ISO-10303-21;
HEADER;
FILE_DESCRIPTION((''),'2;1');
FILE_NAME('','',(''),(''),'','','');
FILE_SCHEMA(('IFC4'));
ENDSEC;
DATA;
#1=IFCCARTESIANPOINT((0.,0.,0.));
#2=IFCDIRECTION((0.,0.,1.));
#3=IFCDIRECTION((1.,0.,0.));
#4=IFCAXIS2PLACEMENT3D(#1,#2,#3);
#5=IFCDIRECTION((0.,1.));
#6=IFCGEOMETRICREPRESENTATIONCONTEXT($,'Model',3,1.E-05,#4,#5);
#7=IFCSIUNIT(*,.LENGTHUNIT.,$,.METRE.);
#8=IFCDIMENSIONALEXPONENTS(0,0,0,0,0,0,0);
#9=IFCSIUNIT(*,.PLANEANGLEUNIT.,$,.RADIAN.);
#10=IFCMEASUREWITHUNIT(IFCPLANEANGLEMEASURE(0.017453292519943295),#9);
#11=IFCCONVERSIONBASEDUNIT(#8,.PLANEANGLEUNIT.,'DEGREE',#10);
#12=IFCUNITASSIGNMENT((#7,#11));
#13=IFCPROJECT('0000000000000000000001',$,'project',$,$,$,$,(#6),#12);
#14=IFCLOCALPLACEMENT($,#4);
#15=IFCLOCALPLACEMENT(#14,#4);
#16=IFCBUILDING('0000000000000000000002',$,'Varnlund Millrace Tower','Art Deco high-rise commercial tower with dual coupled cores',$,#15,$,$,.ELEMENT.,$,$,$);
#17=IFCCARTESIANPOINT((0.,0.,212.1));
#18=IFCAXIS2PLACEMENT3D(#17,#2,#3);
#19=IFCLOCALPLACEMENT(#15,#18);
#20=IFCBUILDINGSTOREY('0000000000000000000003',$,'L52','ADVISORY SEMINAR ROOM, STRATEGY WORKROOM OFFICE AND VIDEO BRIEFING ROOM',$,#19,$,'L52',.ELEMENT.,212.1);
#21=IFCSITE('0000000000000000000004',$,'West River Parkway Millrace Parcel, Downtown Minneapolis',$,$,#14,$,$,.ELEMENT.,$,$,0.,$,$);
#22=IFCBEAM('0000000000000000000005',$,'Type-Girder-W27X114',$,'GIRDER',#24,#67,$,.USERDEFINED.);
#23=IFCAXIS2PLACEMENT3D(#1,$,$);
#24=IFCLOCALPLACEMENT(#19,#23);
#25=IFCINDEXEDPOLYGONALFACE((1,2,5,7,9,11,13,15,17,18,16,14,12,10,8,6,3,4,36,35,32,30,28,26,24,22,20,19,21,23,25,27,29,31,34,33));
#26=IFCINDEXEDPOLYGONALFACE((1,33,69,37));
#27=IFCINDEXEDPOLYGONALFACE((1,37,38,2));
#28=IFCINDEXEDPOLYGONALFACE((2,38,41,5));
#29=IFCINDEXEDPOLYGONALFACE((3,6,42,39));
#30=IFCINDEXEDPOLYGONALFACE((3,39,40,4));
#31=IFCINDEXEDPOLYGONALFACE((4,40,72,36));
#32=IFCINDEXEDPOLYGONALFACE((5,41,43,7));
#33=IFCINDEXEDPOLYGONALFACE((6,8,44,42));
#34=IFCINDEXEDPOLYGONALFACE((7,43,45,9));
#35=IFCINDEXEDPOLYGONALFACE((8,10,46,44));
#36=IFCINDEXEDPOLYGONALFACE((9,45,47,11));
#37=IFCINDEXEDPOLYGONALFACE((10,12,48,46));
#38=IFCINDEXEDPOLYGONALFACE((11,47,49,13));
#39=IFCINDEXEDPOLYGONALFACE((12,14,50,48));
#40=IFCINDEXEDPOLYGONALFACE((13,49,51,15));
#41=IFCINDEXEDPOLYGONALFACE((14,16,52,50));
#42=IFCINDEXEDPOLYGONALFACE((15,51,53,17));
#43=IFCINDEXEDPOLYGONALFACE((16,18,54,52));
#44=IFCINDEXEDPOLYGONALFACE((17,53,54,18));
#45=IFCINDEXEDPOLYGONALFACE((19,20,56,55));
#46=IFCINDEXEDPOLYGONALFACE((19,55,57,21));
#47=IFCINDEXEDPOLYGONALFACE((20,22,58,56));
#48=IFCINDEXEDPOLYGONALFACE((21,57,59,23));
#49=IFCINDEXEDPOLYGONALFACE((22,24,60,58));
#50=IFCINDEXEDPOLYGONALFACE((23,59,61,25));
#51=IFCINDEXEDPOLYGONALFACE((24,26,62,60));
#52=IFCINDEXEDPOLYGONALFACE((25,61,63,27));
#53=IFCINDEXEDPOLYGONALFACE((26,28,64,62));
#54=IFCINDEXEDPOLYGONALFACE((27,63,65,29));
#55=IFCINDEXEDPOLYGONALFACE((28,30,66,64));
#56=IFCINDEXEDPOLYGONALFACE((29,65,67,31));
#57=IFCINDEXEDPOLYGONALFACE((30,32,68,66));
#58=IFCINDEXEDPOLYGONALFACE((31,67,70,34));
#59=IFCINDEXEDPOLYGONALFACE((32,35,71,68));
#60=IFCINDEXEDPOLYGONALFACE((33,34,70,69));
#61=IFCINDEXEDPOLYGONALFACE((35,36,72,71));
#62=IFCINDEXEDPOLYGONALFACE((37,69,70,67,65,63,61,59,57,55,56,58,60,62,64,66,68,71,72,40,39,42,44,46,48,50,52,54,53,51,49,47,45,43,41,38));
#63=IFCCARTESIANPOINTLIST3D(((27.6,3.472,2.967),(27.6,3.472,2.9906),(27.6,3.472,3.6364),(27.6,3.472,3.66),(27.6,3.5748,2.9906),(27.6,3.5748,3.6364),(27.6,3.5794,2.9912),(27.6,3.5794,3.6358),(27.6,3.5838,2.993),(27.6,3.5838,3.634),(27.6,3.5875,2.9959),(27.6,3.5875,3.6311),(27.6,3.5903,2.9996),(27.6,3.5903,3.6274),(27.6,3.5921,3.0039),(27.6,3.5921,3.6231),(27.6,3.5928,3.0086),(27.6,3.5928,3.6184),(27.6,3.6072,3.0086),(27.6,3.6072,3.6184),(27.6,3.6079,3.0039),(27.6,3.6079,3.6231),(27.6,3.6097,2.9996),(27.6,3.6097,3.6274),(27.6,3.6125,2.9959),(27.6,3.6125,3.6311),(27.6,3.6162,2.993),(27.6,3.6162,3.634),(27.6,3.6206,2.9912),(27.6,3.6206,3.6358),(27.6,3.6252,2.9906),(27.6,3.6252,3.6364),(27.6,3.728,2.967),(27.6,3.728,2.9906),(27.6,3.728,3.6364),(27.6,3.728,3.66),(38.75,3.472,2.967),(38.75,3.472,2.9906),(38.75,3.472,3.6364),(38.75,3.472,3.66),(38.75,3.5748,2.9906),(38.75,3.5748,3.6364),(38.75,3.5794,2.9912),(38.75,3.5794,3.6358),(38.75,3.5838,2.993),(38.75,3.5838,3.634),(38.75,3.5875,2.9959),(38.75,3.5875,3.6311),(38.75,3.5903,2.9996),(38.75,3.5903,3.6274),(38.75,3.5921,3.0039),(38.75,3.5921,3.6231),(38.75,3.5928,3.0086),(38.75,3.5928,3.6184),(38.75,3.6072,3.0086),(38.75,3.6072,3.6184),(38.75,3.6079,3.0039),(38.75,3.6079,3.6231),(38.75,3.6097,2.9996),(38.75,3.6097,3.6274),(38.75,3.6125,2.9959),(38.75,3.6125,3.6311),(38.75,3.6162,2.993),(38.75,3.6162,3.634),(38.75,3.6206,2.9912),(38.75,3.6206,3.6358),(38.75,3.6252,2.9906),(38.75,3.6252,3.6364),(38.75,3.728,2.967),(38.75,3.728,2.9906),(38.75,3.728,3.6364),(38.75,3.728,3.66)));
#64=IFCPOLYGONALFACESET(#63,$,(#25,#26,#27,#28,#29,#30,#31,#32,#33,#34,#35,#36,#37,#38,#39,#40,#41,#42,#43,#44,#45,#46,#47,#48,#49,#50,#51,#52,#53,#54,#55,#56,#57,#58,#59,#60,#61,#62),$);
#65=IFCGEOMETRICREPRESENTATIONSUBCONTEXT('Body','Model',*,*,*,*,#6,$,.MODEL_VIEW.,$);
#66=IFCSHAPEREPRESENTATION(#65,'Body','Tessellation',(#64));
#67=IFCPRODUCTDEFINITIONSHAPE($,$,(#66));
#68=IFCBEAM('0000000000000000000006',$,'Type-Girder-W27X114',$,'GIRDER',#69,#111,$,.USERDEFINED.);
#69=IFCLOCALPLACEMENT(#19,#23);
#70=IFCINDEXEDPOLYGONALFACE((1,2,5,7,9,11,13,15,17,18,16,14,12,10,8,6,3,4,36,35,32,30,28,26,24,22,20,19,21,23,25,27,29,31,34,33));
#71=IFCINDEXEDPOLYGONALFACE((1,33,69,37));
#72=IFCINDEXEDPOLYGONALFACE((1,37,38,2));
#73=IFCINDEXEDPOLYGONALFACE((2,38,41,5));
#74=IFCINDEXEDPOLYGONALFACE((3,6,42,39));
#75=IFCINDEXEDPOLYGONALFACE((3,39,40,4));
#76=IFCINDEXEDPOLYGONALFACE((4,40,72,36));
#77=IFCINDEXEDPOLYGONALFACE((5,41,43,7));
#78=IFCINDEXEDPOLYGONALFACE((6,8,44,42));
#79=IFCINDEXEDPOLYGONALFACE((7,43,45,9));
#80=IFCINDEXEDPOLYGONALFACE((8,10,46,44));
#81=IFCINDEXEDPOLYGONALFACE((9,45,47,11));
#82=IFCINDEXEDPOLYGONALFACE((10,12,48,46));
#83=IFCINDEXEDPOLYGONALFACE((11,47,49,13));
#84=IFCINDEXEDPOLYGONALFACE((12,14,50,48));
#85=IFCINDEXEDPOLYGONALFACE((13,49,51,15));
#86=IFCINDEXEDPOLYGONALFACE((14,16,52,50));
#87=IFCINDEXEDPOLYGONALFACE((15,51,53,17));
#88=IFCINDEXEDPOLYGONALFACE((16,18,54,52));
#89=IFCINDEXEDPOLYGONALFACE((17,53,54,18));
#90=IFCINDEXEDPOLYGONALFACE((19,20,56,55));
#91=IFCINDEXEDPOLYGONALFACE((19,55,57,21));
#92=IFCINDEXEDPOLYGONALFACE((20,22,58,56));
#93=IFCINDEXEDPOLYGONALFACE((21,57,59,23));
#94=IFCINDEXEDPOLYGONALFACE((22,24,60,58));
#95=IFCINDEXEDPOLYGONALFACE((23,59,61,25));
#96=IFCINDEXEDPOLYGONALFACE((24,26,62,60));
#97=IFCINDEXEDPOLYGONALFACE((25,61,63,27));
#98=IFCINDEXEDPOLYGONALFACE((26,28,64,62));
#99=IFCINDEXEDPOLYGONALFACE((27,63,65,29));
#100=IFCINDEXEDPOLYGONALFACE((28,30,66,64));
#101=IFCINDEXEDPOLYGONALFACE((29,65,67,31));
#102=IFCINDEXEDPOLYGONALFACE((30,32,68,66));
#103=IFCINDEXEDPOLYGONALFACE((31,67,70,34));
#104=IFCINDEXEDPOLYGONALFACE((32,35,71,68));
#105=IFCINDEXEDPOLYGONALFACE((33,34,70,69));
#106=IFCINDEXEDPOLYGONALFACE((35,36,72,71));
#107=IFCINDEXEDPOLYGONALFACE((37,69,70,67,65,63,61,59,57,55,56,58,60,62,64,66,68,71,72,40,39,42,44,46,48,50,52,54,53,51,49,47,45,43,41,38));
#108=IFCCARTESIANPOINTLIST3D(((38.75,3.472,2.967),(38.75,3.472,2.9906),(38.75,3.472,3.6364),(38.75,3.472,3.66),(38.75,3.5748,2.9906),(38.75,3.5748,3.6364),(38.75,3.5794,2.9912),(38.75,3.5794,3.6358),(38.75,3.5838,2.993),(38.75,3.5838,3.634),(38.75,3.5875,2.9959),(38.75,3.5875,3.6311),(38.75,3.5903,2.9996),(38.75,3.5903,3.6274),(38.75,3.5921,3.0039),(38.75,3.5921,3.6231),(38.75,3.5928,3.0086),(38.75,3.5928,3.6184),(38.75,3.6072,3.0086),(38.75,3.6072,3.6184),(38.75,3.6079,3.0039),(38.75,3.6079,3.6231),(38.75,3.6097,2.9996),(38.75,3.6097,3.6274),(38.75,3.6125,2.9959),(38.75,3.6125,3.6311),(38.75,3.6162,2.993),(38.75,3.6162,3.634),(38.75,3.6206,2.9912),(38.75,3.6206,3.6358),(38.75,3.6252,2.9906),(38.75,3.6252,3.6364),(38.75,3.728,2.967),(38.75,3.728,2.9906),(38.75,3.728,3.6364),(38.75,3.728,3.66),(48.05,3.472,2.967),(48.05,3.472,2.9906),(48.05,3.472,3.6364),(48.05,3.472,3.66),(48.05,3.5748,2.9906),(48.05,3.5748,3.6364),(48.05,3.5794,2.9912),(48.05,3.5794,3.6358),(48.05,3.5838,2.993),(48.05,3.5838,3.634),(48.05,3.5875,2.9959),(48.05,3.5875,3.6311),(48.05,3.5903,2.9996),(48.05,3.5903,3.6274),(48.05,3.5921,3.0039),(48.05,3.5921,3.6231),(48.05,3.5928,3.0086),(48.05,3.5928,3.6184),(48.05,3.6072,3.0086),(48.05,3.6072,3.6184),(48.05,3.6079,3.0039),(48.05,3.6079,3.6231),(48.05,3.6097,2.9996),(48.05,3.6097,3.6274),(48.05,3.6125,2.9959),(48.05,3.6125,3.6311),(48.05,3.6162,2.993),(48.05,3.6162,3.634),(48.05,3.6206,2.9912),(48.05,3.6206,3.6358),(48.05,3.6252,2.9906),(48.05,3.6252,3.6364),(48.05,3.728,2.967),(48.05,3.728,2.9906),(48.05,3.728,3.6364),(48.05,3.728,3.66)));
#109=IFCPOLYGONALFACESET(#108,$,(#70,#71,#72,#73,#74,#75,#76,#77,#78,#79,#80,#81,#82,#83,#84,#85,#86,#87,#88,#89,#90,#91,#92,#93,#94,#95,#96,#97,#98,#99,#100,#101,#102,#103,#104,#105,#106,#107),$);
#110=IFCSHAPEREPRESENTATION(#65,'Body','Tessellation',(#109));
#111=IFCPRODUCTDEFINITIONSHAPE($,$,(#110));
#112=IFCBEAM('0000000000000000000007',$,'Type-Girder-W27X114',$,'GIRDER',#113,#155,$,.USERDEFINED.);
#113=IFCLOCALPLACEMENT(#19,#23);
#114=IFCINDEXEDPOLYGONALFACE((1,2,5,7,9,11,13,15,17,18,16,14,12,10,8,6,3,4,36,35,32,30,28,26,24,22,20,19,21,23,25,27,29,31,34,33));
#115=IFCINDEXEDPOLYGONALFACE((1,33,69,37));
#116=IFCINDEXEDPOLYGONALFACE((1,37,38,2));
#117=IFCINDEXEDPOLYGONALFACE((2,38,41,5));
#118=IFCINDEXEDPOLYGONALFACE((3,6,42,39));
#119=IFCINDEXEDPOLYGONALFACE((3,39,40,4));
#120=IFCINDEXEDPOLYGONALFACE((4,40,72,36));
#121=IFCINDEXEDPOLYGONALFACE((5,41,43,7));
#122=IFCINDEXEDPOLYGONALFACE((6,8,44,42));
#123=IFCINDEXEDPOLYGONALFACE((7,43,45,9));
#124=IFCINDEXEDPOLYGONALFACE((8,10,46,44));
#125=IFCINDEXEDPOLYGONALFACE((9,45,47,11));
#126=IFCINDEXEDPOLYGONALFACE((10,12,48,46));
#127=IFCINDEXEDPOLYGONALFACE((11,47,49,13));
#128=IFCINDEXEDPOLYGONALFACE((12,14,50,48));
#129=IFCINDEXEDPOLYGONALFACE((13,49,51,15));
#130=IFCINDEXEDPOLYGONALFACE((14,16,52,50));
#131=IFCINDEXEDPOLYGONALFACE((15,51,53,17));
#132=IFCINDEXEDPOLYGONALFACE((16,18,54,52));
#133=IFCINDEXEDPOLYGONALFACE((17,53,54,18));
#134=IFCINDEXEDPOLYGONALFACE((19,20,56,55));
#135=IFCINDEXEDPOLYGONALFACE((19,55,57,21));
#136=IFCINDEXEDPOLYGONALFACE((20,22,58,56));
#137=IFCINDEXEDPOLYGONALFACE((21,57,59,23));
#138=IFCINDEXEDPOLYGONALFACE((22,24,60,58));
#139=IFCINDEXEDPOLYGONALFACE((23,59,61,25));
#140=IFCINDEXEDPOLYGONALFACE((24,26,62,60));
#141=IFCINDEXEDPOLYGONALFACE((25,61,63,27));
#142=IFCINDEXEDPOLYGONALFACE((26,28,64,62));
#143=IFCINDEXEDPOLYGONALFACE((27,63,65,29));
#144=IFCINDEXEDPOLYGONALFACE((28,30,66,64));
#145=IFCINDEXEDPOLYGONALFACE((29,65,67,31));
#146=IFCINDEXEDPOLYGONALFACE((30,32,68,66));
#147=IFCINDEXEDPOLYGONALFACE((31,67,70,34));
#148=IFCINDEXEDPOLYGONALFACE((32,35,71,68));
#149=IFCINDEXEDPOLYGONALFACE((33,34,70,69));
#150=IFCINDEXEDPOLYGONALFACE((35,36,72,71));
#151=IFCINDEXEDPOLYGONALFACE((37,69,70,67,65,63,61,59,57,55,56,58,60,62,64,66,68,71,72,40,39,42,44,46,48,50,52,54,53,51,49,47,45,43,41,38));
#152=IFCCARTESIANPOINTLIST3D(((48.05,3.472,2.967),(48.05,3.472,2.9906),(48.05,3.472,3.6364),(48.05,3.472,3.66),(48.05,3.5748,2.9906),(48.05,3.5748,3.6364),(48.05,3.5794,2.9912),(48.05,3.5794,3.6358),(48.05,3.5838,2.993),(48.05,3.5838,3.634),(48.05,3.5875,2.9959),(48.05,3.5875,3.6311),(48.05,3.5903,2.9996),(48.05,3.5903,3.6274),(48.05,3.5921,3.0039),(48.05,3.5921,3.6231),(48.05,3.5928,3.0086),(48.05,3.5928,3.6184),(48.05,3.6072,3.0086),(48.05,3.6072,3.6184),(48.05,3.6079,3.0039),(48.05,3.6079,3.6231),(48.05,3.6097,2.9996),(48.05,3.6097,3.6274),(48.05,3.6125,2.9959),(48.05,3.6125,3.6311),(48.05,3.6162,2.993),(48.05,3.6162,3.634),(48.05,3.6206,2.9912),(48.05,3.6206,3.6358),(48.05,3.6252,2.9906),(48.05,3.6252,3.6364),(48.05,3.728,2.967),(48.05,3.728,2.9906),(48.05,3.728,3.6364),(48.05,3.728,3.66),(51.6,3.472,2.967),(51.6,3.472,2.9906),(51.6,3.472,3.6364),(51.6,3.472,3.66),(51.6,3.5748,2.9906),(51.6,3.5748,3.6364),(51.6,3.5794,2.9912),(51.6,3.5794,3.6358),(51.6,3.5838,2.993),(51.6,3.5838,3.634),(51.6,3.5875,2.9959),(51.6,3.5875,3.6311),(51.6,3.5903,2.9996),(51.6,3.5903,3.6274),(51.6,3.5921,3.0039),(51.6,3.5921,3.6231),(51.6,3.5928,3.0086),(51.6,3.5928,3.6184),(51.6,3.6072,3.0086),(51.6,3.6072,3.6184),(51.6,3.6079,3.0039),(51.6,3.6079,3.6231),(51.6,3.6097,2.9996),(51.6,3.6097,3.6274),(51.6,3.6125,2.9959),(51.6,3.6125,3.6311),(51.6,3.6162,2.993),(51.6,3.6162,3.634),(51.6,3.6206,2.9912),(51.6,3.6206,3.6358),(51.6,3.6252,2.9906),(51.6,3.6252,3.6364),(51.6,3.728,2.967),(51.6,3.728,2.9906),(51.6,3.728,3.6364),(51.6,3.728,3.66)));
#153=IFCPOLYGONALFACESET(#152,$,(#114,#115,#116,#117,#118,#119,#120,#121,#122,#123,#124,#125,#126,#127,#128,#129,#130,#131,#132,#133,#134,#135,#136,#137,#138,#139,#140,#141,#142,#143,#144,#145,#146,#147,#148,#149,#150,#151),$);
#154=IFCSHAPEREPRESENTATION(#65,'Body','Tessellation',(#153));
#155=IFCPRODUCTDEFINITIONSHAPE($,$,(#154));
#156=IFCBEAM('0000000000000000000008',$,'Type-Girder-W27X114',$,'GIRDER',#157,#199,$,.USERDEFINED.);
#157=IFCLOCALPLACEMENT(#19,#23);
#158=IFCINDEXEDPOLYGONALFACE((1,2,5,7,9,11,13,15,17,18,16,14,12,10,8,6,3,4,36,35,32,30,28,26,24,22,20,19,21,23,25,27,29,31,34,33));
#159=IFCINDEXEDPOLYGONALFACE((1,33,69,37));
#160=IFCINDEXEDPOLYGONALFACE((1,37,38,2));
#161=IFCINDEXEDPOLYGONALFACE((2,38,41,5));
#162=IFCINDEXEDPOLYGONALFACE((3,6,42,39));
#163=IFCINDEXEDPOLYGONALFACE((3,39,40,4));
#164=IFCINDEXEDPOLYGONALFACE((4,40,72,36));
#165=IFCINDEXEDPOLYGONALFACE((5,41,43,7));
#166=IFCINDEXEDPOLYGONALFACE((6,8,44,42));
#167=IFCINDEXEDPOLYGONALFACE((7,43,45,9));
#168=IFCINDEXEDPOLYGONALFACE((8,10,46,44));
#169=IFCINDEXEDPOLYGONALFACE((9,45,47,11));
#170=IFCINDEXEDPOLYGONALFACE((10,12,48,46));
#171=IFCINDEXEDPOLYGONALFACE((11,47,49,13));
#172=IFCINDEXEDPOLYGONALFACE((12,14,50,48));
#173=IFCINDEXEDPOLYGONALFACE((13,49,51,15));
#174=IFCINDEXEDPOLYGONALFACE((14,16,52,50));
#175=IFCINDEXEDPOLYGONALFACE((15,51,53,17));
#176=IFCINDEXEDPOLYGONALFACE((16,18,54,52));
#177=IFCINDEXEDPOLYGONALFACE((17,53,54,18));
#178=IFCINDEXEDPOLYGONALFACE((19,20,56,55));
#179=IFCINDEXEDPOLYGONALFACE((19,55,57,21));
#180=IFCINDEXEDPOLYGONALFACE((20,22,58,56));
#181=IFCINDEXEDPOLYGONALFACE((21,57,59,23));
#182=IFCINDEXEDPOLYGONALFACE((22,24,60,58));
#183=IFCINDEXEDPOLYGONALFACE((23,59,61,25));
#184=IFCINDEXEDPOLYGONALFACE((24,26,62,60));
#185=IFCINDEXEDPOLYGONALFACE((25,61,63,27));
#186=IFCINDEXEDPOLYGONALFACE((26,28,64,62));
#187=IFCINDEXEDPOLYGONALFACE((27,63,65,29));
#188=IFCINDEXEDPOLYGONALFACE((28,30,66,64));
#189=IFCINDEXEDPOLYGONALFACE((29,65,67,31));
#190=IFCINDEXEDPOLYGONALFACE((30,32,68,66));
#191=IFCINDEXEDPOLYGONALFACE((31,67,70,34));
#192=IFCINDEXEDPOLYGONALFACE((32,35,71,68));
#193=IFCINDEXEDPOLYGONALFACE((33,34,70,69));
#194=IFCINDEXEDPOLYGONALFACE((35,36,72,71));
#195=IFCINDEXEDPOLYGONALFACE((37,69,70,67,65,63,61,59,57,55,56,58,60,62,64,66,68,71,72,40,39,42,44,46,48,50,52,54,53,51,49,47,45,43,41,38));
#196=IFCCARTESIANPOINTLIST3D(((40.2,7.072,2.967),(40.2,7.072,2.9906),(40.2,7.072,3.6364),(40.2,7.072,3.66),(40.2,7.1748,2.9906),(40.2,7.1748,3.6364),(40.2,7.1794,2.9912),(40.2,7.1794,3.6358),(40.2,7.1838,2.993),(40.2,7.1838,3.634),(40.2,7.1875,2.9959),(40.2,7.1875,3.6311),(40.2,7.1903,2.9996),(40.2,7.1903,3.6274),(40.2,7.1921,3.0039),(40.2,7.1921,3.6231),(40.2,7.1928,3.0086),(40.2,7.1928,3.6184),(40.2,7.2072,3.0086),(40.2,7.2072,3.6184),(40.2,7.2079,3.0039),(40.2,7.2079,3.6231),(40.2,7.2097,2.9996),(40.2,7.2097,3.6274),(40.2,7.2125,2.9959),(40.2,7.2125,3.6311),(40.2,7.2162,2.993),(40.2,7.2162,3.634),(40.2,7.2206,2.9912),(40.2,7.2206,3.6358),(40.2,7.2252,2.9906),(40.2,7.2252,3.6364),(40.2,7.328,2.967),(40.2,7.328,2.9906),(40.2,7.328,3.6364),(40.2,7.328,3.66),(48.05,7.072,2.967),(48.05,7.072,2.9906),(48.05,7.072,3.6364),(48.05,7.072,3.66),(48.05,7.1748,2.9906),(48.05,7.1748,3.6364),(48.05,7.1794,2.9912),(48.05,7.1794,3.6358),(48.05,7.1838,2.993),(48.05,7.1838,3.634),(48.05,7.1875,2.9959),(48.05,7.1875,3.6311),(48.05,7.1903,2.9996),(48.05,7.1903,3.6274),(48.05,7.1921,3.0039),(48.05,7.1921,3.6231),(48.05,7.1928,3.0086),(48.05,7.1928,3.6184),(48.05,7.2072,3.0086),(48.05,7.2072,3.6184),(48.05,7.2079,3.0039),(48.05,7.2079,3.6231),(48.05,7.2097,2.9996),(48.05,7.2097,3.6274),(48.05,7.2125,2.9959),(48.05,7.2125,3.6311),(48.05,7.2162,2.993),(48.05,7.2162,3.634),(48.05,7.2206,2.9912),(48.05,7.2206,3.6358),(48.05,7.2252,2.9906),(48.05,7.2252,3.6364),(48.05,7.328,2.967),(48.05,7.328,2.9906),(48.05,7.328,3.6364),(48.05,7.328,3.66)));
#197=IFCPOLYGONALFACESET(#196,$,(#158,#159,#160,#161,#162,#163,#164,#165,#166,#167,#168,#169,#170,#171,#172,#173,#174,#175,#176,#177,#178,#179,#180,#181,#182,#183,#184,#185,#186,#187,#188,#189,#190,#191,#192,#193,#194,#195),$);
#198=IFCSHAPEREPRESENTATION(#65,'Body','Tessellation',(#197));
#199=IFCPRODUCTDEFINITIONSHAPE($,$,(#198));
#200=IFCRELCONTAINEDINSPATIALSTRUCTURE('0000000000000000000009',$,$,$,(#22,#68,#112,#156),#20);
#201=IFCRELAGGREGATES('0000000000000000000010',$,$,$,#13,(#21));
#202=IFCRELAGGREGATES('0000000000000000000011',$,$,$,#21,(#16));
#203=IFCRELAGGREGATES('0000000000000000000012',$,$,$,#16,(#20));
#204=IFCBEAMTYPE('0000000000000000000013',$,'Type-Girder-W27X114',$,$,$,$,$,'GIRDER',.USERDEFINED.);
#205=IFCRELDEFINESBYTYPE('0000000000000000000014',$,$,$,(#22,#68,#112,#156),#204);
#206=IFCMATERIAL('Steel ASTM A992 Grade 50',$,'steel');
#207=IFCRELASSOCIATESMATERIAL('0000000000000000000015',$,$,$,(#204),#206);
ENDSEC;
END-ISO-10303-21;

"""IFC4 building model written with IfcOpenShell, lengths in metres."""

from ifc_helpers import new_model, entity, si_unit, converted_unit, direction, frame, origin_with_axes, origin_2d_with_axis, place, context, subcontext, project, spatial, i_section, extrude, material, material_profile, profile_set, type_object, element, save


model = new_model("IFC4")

# Units and contexts
model_context = context("Model", 3, precision=1e-05, world=origin_with_axes(), true_north=direction((0.0, 1.0)))
body_context = subcontext(model_context, "Body", "Model", "MODEL_VIEW")
ifc_project = project(units=[si_unit("LENGTHUNIT", "METRE"), converted_unit("PLANEANGLEUNIT", "DEGREE", entity("IfcPlaneAngleMeasure", 0.017453292519943295), si_unit("PLANEANGLEUNIT", "RADIAN"), dimensions=[0, 0, 0, 0, 0, 0, 0])], contexts=[model_context])

# Site, building, storey
site_placement = place(None, origin_with_axes())
site = spatial("IfcSite", under=ifc_project, at=site_placement, Name="West River Parkway Millrace Parcel, Downtown Minneapolis", CompositionType="ELEMENT", RefElevation=0.0)
building_placement = place(site_placement, origin_with_axes())
building = spatial("IfcBuilding", under=site, at=building_placement, Name="Varnlund Millrace Tower", Description="Art Deco high-rise commercial tower with dual coupled cores", CompositionType="ELEMENT")
storey_placement = place(building_placement, frame((0.0, 0.0, 212.1), z_axis=(0.0, 0.0, 1.0), x_axis=(1.0, 0.0, 0.0)))
storey = spatial("IfcBuildingStorey", under=building, at=storey_placement, Name="L52", Description="ADVISORY SEMINAR ROOM, STRATEGY WORKROOM OFFICE AND VIDEO BRIEFING ROOM", LongName="L52", CompositionType="ELEMENT", Elevation=212.1)

# Beams
ifc_material_1 = material(Name="Steel ASTM A992 Grade 50", Category="steel")
ifc_material_profile_1 = material_profile(ifc_material_1, i_section(OverallWidth=0.256, OverallDepth=0.693, WebThickness=0.0145, FlangeThickness=0.0236, FilletRadius=0.018, at=origin_2d_with_axis()), Name="Steel ASTM A992 Grade 50")
ifc_profile_set_1 = profile_set([ifc_material_profile_1], Name="Steel ASTM A992 Grade 50")
beam_type_1 = type_object("IfcBeamType", Name="Type-Girder-W27X114", ElementType="GIRDER", PredefinedType="USERDEFINED", material=ifc_profile_set_1)
beam_1_placement = place(storey_placement, frame((27.6, 3.6, 3.3135), z_axis=(1.0, 0.0, 0.0), x_axis=(0.0, 1.0, 0.0)))
element("IfcBeam", 1, at=beam_1_placement, inside=storey, type_object=beam_type_1, Name="Type-Girder-W27X114", ObjectType="GIRDER", PredefinedType="USERDEFINED", context=body_context, shape_type="SweptSolid", body=[
    extrude(i_section(OverallWidth=0.256, OverallDepth=0.693, WebThickness=0.0145, FlangeThickness=0.0236, FilletRadius=0.018, at=origin_2d_with_axis()), origin_with_axes(), (0.0, 0.0, 1.0), 11.15),
])
beam_2_placement = place(storey_placement, frame((38.75, 3.6, 3.3135), z_axis=(1.0, 0.0, 0.0), x_axis=(0.0, 1.0, 0.0)))
element("IfcBeam", 2, at=beam_2_placement, inside=storey, type_object=beam_type_1, Name="Type-Girder-W27X114", ObjectType="GIRDER", PredefinedType="USERDEFINED", context=body_context, shape_type="SweptSolid", body=[
    extrude(i_section(OverallWidth=0.256, OverallDepth=0.693, WebThickness=0.0145, FlangeThickness=0.0236, FilletRadius=0.018, at=origin_2d_with_axis()), origin_with_axes(), (0.0, 0.0, 1.0), 9.3),
])
beam_3_placement = place(storey_placement, frame((48.05, 3.6, 3.3135), z_axis=(1.0, 0.0, 0.0), x_axis=(0.0, 1.0, 0.0)))
element("IfcBeam", 3, at=beam_3_placement, inside=storey, type_object=beam_type_1, Name="Type-Girder-W27X114", ObjectType="GIRDER", PredefinedType="USERDEFINED", context=body_context, shape_type="SweptSolid", body=[
    extrude(i_section(OverallWidth=0.256, OverallDepth=0.693, WebThickness=0.0145, FlangeThickness=0.0236, FilletRadius=0.018, at=origin_2d_with_axis()), origin_with_axes(), (0.0, 0.0, 1.0), 3.55),
])
beam_4_placement = place(storey_placement, frame((40.2, 7.2, 3.3135), z_axis=(1.0, 0.0, 0.0), x_axis=(0.0, 1.0, 0.0)))
element("IfcBeam", 4, at=beam_4_placement, inside=storey, type_object=beam_type_1, Name="Type-Girder-W27X114", ObjectType="GIRDER", PredefinedType="USERDEFINED", context=body_context, shape_type="SweptSolid", body=[
    extrude(i_section(OverallWidth=0.256, OverallDepth=0.693, WebThickness=0.0145, FlangeThickness=0.0236, FilletRadius=0.018, at=origin_2d_with_axis()), origin_with_axes(), (0.0, 0.0, 1.0), 7.85),
])

save(model, "model.ifc")
